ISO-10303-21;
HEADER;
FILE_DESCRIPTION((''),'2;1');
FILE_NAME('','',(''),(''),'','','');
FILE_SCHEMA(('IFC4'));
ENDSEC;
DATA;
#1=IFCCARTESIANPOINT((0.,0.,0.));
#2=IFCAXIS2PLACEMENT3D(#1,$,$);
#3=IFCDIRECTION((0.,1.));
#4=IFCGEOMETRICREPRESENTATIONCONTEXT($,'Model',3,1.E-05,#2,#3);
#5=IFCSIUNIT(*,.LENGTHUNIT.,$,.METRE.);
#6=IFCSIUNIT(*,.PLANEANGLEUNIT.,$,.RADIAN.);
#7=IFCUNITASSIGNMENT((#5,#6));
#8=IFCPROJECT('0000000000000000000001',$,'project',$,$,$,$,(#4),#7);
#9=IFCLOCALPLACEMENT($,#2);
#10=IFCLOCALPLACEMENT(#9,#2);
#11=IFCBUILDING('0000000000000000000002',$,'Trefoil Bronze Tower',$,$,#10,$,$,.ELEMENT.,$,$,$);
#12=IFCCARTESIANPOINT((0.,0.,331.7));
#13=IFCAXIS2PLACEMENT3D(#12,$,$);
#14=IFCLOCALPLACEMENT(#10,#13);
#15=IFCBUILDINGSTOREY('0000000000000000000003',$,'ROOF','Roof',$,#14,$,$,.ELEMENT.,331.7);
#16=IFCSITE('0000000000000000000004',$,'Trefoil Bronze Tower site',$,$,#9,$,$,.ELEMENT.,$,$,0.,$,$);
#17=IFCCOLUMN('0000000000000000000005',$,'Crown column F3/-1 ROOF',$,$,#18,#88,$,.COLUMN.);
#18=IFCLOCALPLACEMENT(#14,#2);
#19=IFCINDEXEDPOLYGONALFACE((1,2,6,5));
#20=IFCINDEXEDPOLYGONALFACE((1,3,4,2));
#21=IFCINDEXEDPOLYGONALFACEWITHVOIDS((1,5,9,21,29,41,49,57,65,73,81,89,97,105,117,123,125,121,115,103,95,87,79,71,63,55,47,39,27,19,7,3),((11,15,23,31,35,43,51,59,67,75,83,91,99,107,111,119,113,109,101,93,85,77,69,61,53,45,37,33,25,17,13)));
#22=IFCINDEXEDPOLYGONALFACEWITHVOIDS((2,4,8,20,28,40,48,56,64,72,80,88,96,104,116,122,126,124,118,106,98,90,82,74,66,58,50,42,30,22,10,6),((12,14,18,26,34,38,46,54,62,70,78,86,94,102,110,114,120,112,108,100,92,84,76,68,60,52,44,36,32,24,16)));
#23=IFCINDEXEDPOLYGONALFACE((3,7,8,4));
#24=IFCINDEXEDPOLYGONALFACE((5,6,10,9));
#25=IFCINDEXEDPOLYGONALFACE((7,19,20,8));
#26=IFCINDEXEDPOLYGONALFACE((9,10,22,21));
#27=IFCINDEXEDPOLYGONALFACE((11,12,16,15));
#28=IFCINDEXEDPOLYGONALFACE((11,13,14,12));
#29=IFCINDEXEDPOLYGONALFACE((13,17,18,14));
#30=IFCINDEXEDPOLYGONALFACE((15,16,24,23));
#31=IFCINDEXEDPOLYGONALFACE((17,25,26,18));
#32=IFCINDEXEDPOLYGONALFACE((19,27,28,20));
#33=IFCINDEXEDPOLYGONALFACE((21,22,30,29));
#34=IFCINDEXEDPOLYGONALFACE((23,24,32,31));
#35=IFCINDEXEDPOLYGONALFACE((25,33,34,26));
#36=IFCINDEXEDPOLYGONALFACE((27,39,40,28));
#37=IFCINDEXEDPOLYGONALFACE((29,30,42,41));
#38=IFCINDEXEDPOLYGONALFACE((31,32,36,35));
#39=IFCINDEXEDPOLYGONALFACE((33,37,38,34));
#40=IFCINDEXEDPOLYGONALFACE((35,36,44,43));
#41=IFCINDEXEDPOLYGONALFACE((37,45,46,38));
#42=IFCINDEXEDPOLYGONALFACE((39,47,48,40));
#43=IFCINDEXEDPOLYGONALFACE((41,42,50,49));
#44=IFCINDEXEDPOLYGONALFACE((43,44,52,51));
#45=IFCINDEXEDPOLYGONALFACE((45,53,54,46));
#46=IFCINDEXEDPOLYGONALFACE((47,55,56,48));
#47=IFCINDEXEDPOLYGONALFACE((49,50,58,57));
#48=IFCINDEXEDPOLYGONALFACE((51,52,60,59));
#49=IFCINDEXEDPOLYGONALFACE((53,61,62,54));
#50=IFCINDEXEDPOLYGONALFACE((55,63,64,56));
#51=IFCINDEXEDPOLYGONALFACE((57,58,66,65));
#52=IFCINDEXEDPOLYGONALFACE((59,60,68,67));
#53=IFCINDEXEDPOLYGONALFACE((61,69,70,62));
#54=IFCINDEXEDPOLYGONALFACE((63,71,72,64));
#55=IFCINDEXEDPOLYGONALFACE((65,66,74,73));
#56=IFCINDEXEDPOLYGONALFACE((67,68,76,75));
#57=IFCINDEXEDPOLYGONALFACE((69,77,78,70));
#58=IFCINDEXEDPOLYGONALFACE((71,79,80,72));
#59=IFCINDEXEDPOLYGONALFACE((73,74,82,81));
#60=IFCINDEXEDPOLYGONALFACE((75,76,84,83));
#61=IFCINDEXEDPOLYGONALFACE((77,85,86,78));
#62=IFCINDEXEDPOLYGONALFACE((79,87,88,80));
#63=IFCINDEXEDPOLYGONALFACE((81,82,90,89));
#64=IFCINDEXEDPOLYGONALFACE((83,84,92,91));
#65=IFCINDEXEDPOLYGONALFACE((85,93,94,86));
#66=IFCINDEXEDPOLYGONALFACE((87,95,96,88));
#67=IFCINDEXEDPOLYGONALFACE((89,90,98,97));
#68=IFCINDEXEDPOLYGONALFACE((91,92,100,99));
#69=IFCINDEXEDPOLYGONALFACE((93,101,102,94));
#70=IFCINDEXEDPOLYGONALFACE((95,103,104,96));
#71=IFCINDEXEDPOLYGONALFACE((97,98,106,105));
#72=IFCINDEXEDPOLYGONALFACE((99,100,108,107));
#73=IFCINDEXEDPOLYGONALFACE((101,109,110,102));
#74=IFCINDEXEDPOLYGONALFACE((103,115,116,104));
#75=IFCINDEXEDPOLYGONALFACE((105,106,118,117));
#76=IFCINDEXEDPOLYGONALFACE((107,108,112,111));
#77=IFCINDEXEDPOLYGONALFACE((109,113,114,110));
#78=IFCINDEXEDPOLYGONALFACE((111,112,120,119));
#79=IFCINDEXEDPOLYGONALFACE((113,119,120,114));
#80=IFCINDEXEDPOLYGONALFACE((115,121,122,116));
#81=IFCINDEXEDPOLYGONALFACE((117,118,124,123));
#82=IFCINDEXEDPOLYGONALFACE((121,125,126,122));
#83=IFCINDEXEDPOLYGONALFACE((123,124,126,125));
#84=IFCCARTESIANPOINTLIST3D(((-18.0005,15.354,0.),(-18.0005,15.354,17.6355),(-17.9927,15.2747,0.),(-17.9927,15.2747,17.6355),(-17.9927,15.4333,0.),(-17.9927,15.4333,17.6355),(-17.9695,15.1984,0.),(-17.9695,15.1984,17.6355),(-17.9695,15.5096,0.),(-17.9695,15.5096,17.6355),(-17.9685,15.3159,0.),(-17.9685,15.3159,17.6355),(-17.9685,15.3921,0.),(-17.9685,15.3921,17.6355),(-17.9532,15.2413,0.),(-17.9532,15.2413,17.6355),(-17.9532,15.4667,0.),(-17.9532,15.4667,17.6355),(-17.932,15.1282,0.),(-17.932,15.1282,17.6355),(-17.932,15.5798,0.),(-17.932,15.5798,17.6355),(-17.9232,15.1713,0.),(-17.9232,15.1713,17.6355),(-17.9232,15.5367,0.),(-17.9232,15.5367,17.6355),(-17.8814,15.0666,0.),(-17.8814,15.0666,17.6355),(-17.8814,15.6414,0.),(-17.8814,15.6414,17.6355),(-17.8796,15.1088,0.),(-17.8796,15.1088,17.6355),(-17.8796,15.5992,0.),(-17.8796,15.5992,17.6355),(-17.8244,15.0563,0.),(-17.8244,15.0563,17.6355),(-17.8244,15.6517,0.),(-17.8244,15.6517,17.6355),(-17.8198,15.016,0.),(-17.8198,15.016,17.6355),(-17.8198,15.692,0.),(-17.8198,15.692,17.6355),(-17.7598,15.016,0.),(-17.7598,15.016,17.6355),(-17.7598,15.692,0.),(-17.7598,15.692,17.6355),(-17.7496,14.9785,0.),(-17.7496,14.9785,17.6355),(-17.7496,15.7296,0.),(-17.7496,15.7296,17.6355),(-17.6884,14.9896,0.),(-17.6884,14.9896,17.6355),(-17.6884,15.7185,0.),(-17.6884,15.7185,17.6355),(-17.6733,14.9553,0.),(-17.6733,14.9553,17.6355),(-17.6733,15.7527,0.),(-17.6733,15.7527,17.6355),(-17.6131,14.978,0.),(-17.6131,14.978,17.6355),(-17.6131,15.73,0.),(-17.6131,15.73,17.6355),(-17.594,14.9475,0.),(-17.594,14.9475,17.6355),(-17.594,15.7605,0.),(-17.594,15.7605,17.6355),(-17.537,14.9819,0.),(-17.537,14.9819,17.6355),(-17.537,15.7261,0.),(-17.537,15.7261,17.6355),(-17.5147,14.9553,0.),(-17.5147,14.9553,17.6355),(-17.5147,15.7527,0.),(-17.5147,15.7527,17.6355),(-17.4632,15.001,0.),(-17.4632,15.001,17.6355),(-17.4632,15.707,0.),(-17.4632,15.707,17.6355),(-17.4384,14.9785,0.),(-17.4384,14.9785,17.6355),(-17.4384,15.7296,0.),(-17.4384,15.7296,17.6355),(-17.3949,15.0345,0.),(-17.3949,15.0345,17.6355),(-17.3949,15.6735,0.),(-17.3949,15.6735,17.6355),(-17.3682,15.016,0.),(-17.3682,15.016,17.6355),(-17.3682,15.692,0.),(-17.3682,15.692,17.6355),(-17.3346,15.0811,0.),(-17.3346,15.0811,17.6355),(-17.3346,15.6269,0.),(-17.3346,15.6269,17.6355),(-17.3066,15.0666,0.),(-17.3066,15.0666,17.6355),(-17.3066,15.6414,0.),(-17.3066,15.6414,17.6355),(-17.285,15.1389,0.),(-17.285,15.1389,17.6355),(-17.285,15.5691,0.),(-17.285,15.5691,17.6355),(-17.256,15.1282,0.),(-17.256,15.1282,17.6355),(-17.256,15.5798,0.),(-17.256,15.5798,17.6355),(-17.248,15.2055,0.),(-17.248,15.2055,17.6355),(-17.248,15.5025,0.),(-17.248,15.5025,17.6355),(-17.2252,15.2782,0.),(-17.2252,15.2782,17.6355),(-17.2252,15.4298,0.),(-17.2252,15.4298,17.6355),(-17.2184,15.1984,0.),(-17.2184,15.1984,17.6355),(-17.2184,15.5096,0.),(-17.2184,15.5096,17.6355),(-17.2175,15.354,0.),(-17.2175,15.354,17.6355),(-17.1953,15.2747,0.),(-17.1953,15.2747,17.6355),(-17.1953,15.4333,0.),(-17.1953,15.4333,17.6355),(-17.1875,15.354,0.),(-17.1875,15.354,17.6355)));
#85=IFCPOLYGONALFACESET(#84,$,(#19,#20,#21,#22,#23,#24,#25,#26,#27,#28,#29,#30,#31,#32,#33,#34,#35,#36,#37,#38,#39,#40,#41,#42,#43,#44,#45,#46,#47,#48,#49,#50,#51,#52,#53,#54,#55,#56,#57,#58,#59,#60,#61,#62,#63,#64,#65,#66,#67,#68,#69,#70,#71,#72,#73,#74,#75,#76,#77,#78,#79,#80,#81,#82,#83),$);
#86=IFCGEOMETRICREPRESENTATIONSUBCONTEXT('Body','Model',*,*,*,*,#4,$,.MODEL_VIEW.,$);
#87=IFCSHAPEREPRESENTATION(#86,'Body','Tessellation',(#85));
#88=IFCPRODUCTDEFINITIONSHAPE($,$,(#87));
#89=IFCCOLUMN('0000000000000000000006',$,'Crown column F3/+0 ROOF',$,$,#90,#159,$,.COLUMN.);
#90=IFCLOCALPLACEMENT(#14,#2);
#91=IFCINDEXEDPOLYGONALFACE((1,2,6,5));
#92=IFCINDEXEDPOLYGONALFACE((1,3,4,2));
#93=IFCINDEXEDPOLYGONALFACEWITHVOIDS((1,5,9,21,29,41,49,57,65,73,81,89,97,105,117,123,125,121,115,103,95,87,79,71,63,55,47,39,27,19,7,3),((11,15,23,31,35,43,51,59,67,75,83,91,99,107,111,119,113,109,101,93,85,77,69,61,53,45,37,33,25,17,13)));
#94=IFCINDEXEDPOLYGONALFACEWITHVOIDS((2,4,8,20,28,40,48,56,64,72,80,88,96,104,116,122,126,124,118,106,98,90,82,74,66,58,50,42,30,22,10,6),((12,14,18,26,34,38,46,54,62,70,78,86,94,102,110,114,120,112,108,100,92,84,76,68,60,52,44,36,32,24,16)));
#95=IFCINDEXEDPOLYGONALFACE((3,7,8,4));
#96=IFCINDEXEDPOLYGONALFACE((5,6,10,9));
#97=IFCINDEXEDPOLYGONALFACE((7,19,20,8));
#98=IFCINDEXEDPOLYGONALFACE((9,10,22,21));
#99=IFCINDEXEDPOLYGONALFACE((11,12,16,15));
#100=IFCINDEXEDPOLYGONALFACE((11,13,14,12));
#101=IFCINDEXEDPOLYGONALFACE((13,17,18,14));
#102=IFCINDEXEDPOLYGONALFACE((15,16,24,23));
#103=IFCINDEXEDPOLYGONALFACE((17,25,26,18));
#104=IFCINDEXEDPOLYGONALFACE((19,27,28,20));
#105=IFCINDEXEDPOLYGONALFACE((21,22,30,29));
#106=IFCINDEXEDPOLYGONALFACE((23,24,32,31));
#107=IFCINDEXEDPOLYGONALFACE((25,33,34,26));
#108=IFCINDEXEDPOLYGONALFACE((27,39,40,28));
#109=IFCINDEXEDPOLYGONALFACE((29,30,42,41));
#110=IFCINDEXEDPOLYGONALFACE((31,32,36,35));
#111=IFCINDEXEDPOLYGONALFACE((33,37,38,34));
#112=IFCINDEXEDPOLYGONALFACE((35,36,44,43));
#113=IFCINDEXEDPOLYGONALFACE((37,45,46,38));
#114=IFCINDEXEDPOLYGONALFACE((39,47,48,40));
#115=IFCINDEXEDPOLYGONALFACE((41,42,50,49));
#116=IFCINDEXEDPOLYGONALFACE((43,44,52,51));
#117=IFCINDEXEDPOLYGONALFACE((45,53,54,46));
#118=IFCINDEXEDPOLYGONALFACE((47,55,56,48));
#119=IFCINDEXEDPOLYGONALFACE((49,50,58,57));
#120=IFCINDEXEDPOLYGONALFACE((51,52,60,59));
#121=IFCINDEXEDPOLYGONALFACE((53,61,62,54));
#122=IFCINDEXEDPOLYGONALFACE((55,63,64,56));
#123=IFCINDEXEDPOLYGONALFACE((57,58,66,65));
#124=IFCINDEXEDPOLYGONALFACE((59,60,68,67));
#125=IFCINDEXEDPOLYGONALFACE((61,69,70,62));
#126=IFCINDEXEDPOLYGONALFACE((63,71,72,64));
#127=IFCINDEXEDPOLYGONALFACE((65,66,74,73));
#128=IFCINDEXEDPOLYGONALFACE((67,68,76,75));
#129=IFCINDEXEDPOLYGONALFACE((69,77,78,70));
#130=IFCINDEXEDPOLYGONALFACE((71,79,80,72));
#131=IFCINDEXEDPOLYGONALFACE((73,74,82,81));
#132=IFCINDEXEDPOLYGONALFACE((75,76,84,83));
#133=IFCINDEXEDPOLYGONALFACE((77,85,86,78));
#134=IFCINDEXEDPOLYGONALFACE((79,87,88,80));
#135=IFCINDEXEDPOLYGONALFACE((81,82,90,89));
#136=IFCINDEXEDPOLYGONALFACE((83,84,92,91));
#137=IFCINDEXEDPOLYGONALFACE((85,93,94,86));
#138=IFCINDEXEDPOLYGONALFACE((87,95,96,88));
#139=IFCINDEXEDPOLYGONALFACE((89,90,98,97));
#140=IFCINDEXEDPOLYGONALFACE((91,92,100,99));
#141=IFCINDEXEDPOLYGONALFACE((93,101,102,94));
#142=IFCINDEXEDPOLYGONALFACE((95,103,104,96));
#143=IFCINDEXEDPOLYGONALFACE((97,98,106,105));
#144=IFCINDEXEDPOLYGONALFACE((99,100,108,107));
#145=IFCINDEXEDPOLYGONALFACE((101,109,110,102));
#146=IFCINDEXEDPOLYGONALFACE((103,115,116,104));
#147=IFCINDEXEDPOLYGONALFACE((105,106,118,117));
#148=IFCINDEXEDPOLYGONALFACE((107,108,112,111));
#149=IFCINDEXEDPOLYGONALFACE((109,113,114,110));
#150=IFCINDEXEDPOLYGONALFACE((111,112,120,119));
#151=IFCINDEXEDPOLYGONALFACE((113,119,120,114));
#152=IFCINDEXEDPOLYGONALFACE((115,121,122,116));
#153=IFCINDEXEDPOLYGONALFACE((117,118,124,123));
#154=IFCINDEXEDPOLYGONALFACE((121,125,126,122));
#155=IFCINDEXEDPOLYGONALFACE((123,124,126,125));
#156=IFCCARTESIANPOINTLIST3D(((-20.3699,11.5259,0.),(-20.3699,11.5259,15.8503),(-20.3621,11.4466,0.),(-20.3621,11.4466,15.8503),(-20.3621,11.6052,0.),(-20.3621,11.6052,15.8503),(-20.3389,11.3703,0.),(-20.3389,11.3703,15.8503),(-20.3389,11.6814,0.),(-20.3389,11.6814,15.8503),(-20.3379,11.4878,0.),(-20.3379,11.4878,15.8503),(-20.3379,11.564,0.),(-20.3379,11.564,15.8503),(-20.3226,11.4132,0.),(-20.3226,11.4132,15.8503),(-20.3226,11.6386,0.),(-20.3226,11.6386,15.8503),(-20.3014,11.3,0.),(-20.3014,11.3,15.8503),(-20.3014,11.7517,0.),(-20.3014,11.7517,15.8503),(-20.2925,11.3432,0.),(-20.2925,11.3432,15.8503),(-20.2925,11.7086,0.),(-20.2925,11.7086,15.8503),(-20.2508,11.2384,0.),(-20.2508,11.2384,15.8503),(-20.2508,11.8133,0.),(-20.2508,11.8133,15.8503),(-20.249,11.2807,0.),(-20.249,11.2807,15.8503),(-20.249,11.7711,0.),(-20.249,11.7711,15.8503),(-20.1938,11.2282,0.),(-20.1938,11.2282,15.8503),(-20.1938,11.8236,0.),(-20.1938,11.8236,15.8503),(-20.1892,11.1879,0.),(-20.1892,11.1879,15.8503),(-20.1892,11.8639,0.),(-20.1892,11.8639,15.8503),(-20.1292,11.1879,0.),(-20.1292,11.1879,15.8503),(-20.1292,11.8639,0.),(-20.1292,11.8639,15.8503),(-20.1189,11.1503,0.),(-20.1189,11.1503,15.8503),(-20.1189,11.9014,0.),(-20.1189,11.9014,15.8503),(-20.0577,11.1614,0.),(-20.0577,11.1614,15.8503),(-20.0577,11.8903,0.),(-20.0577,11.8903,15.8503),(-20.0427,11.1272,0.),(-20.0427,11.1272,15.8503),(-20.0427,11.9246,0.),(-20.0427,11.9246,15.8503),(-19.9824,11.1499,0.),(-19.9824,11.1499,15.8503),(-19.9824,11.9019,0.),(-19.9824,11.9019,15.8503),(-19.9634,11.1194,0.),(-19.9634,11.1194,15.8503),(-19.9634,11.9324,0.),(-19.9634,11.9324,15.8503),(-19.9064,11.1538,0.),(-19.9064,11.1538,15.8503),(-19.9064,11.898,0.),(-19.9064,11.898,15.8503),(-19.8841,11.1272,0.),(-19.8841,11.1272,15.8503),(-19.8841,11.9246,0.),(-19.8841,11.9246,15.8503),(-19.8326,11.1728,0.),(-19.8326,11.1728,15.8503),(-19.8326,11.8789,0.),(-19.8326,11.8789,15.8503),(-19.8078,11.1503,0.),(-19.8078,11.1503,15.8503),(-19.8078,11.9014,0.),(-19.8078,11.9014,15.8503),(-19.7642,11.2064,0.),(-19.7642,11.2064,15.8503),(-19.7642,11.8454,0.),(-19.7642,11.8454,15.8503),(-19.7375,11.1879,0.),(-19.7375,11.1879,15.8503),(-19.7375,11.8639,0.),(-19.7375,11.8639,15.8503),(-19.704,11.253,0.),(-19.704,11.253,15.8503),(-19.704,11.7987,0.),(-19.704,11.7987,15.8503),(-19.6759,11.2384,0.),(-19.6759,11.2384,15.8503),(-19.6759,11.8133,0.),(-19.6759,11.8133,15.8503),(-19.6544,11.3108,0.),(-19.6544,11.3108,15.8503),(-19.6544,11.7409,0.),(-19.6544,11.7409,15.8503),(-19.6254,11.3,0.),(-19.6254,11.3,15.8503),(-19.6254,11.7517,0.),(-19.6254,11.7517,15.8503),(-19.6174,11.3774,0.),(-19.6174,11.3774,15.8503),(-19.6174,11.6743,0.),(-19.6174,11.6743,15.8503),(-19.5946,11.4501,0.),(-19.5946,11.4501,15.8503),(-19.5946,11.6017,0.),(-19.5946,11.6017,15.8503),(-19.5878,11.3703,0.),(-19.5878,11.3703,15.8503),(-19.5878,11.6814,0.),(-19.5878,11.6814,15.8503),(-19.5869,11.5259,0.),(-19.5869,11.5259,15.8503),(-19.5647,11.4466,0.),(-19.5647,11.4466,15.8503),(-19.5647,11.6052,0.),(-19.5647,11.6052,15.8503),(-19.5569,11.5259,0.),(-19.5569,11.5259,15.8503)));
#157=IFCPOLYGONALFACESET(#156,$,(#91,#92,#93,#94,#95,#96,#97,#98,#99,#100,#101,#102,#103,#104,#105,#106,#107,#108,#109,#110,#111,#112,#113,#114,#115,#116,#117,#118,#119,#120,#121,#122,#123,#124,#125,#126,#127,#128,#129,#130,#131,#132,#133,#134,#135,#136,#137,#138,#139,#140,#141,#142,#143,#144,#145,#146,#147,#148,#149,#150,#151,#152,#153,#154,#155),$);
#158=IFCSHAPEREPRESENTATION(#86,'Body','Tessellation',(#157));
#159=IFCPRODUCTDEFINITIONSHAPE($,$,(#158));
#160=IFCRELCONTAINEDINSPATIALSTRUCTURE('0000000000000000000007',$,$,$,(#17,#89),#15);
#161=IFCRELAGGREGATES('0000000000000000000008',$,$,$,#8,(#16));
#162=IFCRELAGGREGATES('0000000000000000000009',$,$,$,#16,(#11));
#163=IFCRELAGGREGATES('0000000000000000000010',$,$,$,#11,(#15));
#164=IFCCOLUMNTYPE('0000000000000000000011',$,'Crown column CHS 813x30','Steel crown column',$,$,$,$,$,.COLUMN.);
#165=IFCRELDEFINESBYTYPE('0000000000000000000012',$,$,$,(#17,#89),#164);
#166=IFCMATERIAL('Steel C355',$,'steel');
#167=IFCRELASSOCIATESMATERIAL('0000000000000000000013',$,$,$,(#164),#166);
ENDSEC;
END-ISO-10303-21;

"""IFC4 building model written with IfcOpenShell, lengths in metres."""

from ifc_helpers import new_model, si_unit, direction, frame, origin, origin_2d, place, context, subcontext, project, spatial, hollow_circle, extrude, material, material_profile, profile_set, type_object, element, save


model = new_model("IFC4")

# Units and contexts
model_context = context("Model", 3, precision=1e-05, world=origin(), true_north=direction((0.0, 1.0)))
body_context = subcontext(model_context, "Body", "Model", "MODEL_VIEW")
ifc_project = project(units=[si_unit("LENGTHUNIT", "METRE"), si_unit("PLANEANGLEUNIT", "RADIAN")], contexts=[model_context])

# Site, building, storey
site_placement = place(None, origin())
site = spatial("IfcSite", under=ifc_project, at=site_placement, Name="Trefoil Bronze Tower site", CompositionType="ELEMENT", RefElevation=0.0)
building_placement = place(site_placement, origin())
building = spatial("IfcBuilding", under=site, at=building_placement, Name="Trefoil Bronze Tower", CompositionType="ELEMENT")
storey_placement = place(building_placement, frame((0.0, 0.0, 331.7)))
storey = spatial("IfcBuildingStorey", under=building, at=storey_placement, Name="ROOF", Description="Roof", CompositionType="ELEMENT", Elevation=331.7)

# Columns
ifc_material_1 = material(Name="Steel C355", Category="steel")
ifc_material_profile_1 = material_profile(ifc_material_1, hollow_circle(Radius=0.4065, WallThickness=0.03, at=origin_2d()), Name="CHS 813x30")
ifc_profile_set_1 = profile_set([ifc_material_profile_1], Name="Steel C355")
column_type_1 = type_object("IfcColumnType", Name="Crown column CHS 813x30", Description="Steel crown column", PredefinedType="COLUMN", material=ifc_profile_set_1)
column_1_placement = place(storey_placement, frame((-17.594, 15.354, 0.0), z_axis=(0.0, 0.0, 1.0), x_axis=(1.0, 0.0, 0.0)))
element("IfcColumn", 1, at=column_1_placement, inside=storey, type_object=column_type_1, Name="Crown column F3/-1 ROOF", PredefinedType="COLUMN", context=body_context, shape_type="SweptSolid", body=[
    extrude(hollow_circle(Radius=0.4065, WallThickness=0.03, at=origin_2d()), origin(), (0.0, 0.0, 1.0), 17.6355),
])
column_2_placement = place(storey_placement, frame((-19.9634, 11.5259, 0.0), z_axis=(0.0, 0.0, 1.0), x_axis=(1.0, 0.0, 0.0)))
element("IfcColumn", 2, at=column_2_placement, inside=storey, type_object=column_type_1, Name="Crown column F3/+0 ROOF", PredefinedType="COLUMN", context=body_context, shape_type="SweptSolid", body=[
    extrude(hollow_circle(Radius=0.4065, WallThickness=0.03, at=origin_2d()), origin(), (0.0, 0.0, 1.0), 15.8503),
])

save(model, "model.ifc")
